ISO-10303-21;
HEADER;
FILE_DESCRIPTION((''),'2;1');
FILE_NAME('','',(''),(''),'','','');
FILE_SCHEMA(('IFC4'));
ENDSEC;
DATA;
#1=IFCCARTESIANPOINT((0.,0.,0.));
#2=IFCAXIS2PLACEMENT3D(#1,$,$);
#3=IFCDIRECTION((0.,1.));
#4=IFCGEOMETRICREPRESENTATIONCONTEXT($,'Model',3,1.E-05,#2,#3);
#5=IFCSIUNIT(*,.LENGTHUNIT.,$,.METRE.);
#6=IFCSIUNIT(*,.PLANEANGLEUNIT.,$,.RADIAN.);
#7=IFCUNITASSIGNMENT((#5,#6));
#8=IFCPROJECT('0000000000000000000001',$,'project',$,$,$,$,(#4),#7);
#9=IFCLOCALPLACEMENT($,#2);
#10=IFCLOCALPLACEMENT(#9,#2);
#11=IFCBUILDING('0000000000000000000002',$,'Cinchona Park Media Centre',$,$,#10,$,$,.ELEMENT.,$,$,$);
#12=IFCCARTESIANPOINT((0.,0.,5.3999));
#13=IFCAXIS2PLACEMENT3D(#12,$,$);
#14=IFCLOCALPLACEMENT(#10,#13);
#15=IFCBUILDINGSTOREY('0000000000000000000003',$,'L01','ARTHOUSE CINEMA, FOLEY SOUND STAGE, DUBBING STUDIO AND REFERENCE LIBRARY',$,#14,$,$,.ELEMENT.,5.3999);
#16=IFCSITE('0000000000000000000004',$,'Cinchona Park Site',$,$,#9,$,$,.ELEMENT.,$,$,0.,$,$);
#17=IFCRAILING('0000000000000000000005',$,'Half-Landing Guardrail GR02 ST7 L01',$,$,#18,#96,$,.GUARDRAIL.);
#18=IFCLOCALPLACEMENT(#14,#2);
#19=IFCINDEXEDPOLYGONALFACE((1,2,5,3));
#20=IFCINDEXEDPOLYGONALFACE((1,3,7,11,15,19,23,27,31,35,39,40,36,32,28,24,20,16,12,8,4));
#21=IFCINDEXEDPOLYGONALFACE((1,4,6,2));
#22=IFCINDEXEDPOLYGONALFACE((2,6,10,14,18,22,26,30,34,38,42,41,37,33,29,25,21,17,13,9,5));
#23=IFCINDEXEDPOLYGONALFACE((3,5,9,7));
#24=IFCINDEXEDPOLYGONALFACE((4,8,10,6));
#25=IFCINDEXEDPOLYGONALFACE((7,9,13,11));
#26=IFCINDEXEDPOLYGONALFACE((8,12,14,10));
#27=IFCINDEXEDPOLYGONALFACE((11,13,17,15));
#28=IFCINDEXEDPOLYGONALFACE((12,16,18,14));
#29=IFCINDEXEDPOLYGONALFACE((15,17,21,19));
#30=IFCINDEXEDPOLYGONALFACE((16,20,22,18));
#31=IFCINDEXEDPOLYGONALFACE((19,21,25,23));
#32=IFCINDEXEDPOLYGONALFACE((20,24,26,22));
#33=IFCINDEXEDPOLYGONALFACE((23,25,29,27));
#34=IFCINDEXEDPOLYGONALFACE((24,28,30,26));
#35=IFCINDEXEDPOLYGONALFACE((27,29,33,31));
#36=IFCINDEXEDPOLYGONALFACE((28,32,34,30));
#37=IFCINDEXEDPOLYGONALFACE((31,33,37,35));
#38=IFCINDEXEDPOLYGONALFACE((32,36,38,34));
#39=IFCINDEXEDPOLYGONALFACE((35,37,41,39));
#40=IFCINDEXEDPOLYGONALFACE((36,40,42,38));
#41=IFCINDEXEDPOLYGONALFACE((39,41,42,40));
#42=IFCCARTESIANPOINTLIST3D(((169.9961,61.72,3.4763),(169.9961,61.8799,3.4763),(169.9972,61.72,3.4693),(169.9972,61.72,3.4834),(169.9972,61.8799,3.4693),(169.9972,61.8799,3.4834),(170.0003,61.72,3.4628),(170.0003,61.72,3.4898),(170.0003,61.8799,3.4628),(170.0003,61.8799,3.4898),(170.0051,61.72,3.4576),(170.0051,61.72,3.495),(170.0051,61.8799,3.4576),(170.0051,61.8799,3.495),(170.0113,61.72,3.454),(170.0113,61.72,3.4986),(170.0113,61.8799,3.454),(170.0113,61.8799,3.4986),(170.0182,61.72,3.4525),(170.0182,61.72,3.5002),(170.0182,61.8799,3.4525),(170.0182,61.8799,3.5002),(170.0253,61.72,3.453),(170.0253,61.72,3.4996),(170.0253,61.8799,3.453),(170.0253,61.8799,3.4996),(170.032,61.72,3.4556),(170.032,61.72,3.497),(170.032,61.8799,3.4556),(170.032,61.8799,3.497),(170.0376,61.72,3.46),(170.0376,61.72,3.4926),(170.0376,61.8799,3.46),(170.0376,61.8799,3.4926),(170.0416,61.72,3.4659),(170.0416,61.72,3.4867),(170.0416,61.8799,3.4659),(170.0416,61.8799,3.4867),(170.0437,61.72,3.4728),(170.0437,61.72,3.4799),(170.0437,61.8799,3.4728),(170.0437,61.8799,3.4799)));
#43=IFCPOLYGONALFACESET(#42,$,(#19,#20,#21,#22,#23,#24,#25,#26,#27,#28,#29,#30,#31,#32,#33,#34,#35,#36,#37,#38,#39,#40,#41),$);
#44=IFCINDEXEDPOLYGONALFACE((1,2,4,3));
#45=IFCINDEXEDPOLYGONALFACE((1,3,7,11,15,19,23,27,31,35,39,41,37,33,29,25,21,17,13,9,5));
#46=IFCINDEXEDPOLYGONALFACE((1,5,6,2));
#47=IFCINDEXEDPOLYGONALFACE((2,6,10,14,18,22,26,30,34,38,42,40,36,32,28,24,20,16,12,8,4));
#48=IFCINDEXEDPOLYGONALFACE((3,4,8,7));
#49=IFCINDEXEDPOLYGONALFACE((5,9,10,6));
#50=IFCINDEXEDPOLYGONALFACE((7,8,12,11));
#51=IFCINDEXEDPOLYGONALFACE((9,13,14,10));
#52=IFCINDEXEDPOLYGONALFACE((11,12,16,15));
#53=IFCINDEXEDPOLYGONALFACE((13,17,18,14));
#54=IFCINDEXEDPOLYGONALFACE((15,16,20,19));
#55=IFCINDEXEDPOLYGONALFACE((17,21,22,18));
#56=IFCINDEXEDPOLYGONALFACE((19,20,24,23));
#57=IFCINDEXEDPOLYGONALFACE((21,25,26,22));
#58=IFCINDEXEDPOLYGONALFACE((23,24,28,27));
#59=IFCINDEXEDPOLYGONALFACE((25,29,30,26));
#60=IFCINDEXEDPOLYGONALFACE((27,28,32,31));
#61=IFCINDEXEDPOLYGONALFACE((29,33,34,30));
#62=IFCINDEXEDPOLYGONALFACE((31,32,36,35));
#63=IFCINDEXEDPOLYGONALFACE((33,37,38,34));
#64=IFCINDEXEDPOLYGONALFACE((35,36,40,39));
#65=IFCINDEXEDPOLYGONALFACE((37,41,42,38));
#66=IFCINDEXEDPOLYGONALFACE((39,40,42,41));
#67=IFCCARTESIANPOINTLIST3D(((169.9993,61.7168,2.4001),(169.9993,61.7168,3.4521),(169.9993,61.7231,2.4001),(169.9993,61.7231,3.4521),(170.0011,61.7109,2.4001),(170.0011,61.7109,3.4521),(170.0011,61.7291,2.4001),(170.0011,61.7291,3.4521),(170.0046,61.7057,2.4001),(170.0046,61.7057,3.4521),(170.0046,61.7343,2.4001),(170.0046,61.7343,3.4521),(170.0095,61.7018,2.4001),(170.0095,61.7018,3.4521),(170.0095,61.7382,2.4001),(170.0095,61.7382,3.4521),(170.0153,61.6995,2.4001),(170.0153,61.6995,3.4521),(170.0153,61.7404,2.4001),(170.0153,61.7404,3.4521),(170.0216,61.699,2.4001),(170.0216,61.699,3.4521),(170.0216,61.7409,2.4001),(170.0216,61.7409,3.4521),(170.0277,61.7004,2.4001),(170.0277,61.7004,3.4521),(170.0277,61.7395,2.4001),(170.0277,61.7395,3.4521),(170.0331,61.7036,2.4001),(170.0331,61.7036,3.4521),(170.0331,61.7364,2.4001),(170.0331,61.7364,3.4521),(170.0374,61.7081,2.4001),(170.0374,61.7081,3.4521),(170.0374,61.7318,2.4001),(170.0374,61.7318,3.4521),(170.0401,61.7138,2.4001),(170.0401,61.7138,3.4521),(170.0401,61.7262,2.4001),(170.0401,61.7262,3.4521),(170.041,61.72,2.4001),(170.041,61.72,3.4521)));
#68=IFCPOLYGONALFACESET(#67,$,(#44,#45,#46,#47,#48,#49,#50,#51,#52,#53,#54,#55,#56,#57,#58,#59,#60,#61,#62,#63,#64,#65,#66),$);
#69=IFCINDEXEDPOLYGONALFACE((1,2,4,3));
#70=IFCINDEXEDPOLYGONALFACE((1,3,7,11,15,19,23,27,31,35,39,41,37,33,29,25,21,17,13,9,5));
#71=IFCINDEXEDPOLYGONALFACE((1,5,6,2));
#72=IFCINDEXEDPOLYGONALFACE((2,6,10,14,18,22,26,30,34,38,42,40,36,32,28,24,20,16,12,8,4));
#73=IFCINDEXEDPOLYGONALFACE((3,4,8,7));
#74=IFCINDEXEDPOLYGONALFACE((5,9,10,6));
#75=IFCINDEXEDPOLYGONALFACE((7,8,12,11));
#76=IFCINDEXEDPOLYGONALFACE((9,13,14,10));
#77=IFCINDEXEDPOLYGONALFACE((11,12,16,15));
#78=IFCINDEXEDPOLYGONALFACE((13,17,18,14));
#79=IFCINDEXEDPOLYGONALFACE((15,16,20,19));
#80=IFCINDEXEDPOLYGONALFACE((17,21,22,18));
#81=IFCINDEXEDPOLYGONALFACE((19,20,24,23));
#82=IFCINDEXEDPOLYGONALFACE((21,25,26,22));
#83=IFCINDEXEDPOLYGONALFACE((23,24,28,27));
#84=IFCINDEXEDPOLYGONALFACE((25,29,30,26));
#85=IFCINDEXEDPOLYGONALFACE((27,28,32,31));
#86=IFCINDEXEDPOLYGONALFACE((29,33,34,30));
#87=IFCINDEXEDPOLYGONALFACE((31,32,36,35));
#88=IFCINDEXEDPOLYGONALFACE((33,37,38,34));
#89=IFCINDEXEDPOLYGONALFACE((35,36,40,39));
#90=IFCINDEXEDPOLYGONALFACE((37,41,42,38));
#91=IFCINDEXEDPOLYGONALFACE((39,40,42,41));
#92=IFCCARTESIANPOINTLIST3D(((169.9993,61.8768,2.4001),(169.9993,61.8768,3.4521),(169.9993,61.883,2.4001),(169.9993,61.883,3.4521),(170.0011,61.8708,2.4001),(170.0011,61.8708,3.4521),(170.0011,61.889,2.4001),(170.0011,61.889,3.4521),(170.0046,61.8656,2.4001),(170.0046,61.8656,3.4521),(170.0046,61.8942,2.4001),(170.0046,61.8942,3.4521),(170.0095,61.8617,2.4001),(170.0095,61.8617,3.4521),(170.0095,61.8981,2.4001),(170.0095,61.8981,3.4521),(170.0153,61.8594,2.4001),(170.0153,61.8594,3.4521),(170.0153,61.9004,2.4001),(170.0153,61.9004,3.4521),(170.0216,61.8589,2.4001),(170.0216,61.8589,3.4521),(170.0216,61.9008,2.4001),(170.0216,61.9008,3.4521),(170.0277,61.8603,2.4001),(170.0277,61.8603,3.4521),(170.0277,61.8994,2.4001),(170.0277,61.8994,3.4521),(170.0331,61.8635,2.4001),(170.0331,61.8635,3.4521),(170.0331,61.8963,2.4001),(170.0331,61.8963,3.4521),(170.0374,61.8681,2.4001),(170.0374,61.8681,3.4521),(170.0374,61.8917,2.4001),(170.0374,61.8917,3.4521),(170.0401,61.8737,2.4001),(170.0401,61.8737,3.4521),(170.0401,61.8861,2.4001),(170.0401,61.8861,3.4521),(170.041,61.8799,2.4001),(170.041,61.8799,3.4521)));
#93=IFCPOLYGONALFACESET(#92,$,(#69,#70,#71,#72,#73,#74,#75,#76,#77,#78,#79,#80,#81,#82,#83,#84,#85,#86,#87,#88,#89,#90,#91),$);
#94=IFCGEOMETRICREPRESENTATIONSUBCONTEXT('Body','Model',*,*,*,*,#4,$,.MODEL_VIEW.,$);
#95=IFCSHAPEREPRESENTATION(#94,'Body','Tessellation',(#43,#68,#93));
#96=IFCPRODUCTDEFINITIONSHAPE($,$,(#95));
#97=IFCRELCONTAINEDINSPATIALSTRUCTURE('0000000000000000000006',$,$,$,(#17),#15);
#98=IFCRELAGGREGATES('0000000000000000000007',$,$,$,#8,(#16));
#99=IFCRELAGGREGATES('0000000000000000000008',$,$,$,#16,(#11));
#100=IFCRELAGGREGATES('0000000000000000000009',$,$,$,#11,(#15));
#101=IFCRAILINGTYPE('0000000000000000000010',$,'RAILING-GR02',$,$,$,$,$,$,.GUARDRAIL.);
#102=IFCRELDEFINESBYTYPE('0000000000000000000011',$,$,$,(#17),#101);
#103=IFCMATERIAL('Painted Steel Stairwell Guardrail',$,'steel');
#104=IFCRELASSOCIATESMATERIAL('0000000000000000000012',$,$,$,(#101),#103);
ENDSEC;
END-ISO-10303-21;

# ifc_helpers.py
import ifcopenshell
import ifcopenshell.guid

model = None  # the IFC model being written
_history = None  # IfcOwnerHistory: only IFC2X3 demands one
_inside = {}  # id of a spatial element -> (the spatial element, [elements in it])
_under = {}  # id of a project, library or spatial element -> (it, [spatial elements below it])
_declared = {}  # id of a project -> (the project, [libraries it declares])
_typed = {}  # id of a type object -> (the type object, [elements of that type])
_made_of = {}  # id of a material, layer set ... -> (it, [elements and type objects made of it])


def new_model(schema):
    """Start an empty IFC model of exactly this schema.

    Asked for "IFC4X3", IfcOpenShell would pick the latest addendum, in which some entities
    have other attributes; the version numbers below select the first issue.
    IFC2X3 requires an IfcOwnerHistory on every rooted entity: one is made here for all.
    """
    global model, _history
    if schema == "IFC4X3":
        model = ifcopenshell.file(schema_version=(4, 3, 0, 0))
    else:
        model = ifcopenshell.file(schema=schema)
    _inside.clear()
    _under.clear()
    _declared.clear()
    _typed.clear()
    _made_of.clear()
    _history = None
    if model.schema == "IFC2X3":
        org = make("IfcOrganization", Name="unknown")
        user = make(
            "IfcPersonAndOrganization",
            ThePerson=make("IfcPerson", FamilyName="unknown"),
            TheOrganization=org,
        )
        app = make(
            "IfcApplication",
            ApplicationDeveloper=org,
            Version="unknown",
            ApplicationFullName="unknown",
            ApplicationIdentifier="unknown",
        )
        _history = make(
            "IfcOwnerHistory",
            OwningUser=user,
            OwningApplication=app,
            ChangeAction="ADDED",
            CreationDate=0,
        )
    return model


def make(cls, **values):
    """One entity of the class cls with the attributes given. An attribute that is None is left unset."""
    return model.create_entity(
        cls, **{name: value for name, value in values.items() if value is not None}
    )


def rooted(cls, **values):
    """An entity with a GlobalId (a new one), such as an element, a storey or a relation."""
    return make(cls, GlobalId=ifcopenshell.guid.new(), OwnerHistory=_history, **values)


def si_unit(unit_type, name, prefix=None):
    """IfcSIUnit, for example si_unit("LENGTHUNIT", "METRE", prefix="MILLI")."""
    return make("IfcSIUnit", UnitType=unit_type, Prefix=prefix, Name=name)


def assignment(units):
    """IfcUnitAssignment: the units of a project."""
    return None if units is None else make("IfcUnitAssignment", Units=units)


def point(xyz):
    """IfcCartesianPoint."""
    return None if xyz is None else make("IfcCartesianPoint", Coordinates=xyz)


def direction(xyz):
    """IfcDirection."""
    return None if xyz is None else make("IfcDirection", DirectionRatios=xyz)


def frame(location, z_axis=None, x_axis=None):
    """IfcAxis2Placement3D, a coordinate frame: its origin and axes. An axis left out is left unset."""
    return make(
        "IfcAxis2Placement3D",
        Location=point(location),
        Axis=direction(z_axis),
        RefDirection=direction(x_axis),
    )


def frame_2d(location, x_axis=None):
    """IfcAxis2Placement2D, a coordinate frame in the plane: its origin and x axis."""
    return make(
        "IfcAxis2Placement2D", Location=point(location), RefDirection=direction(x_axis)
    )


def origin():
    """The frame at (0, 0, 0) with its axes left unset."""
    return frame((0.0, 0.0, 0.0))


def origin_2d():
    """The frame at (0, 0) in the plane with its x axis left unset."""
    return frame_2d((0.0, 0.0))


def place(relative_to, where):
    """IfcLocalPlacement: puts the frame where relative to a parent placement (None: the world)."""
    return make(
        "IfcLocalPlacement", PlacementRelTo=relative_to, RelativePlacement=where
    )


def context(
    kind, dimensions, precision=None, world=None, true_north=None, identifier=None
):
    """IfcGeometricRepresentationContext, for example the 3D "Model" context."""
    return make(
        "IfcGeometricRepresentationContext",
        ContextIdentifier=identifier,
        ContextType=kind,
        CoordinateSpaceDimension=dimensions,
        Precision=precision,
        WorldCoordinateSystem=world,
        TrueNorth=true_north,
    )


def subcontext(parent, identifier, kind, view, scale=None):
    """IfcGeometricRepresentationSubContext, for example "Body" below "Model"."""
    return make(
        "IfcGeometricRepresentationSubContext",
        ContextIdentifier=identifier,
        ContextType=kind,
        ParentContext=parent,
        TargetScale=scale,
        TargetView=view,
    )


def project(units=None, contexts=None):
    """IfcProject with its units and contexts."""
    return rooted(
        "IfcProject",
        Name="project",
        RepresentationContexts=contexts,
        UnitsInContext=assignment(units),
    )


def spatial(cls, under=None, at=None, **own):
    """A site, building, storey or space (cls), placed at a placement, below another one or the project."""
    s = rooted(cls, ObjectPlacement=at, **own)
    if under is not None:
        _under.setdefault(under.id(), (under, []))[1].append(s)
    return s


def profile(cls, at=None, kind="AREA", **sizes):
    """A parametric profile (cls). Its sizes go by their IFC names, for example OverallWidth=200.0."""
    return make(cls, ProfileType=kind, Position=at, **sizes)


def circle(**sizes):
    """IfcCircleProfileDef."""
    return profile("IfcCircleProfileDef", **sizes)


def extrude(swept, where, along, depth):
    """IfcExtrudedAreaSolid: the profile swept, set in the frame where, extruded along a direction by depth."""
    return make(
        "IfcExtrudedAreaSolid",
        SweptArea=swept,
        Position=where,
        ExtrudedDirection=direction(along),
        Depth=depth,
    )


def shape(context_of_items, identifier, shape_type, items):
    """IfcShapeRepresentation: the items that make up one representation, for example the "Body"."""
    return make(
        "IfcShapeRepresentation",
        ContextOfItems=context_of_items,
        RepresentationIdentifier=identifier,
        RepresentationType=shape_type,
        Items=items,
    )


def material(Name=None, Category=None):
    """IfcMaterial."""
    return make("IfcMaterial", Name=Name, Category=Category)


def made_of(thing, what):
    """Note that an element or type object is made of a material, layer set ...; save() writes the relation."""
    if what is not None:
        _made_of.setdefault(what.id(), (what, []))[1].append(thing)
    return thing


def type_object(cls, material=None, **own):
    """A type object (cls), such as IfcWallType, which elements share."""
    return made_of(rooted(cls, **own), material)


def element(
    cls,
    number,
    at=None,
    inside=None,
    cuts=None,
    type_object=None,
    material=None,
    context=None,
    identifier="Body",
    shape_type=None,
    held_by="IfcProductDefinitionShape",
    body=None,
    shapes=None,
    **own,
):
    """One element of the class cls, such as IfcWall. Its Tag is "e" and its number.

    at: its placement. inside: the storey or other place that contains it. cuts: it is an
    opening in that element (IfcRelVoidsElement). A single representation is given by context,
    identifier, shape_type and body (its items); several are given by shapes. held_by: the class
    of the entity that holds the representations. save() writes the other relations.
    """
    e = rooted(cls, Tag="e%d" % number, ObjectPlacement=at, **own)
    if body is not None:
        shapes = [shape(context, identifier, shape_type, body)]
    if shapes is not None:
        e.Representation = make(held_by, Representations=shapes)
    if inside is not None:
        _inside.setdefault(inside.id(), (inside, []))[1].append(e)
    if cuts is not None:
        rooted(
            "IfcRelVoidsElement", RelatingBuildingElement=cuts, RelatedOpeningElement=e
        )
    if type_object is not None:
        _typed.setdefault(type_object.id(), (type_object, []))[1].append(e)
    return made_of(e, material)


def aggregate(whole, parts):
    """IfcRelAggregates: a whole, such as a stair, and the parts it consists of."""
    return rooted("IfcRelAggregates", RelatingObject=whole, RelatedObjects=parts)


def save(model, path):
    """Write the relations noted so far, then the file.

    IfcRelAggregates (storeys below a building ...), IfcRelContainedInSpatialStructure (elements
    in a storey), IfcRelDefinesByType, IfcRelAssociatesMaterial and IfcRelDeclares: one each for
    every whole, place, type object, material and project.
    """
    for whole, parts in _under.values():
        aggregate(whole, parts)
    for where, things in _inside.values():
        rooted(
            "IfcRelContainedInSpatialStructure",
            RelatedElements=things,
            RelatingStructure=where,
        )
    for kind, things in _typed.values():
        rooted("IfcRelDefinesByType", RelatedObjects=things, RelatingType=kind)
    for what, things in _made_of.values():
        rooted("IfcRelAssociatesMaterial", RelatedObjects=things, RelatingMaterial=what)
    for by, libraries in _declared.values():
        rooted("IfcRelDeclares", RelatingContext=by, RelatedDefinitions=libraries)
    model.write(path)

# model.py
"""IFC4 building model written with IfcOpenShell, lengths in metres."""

from ifc_helpers import new_model, si_unit, direction, frame, origin, origin_2d, place, context, subcontext, project, spatial, circle, extrude, material, type_object, element, save


model = new_model("IFC4")

# Units and contexts
model_context = context("Model", 3, precision=1e-05, world=origin(), true_north=direction((0.0, 1.0)))
body_context = subcontext(model_context, "Body", "Model", "MODEL_VIEW")
ifc_project = project(units=[si_unit("LENGTHUNIT", "METRE"), si_unit("PLANEANGLEUNIT", "RADIAN")], contexts=[model_context])

# Site, building, storey
site_placement = place(None, origin())
site = spatial("IfcSite", under=ifc_project, at=site_placement, Name="Cinchona Park Site", CompositionType="ELEMENT", RefElevation=0.0)
building_placement = place(site_placement, origin())
building = spatial("IfcBuilding", under=site, at=building_placement, Name="Cinchona Park Media Centre", CompositionType="ELEMENT")
storey_placement = place(building_placement, frame((0.0, 0.0, 5.3999)))
storey = spatial("IfcBuildingStorey", under=building, at=storey_placement, Name="L01", Description="ARTHOUSE CINEMA, FOLEY SOUND STAGE, DUBBING STUDIO AND REFERENCE LIBRARY", CompositionType="ELEMENT", Elevation=5.3999)

# Railing
ifc_material_1 = material(Name="Painted Steel Stairwell Guardrail", Category="steel")
railing_type_1 = type_object("IfcRailingType", Name="RAILING-GR02", PredefinedType="GUARDRAIL", material=ifc_material_1)
for number, where, name in (
    (1, (170.02, 61.72, 2.4001), "Half-Landing Guardrail GR02 ST7 L01"),
):
    element("IfcRailing", number, at=place(storey_placement, frame(where)), inside=storey, type_object=railing_type_1, Name=name, PredefinedType="GUARDRAIL", context=body_context, shape_type="SweptSolid", body=[
        extrude(circle(Radius=0.0239, at=origin_2d()), frame((0.0, 0.0, 1.0762), z_axis=(0.0, 1.0, 0.0), x_axis=(-1.0, 0.0, 0.0)), (0.0, 0.0, 1.0), 0.1599),
        extrude(circle(Radius=0.021, at=origin_2d()), origin(), (0.0, 0.0, 1.0), 1.052),
        extrude(circle(Radius=0.021, at=origin_2d()), frame((0.0, 0.1599, 0.0)), (0.0, 0.0, 1.0), 1.052),
    ])

save(model, "model.ifc")
